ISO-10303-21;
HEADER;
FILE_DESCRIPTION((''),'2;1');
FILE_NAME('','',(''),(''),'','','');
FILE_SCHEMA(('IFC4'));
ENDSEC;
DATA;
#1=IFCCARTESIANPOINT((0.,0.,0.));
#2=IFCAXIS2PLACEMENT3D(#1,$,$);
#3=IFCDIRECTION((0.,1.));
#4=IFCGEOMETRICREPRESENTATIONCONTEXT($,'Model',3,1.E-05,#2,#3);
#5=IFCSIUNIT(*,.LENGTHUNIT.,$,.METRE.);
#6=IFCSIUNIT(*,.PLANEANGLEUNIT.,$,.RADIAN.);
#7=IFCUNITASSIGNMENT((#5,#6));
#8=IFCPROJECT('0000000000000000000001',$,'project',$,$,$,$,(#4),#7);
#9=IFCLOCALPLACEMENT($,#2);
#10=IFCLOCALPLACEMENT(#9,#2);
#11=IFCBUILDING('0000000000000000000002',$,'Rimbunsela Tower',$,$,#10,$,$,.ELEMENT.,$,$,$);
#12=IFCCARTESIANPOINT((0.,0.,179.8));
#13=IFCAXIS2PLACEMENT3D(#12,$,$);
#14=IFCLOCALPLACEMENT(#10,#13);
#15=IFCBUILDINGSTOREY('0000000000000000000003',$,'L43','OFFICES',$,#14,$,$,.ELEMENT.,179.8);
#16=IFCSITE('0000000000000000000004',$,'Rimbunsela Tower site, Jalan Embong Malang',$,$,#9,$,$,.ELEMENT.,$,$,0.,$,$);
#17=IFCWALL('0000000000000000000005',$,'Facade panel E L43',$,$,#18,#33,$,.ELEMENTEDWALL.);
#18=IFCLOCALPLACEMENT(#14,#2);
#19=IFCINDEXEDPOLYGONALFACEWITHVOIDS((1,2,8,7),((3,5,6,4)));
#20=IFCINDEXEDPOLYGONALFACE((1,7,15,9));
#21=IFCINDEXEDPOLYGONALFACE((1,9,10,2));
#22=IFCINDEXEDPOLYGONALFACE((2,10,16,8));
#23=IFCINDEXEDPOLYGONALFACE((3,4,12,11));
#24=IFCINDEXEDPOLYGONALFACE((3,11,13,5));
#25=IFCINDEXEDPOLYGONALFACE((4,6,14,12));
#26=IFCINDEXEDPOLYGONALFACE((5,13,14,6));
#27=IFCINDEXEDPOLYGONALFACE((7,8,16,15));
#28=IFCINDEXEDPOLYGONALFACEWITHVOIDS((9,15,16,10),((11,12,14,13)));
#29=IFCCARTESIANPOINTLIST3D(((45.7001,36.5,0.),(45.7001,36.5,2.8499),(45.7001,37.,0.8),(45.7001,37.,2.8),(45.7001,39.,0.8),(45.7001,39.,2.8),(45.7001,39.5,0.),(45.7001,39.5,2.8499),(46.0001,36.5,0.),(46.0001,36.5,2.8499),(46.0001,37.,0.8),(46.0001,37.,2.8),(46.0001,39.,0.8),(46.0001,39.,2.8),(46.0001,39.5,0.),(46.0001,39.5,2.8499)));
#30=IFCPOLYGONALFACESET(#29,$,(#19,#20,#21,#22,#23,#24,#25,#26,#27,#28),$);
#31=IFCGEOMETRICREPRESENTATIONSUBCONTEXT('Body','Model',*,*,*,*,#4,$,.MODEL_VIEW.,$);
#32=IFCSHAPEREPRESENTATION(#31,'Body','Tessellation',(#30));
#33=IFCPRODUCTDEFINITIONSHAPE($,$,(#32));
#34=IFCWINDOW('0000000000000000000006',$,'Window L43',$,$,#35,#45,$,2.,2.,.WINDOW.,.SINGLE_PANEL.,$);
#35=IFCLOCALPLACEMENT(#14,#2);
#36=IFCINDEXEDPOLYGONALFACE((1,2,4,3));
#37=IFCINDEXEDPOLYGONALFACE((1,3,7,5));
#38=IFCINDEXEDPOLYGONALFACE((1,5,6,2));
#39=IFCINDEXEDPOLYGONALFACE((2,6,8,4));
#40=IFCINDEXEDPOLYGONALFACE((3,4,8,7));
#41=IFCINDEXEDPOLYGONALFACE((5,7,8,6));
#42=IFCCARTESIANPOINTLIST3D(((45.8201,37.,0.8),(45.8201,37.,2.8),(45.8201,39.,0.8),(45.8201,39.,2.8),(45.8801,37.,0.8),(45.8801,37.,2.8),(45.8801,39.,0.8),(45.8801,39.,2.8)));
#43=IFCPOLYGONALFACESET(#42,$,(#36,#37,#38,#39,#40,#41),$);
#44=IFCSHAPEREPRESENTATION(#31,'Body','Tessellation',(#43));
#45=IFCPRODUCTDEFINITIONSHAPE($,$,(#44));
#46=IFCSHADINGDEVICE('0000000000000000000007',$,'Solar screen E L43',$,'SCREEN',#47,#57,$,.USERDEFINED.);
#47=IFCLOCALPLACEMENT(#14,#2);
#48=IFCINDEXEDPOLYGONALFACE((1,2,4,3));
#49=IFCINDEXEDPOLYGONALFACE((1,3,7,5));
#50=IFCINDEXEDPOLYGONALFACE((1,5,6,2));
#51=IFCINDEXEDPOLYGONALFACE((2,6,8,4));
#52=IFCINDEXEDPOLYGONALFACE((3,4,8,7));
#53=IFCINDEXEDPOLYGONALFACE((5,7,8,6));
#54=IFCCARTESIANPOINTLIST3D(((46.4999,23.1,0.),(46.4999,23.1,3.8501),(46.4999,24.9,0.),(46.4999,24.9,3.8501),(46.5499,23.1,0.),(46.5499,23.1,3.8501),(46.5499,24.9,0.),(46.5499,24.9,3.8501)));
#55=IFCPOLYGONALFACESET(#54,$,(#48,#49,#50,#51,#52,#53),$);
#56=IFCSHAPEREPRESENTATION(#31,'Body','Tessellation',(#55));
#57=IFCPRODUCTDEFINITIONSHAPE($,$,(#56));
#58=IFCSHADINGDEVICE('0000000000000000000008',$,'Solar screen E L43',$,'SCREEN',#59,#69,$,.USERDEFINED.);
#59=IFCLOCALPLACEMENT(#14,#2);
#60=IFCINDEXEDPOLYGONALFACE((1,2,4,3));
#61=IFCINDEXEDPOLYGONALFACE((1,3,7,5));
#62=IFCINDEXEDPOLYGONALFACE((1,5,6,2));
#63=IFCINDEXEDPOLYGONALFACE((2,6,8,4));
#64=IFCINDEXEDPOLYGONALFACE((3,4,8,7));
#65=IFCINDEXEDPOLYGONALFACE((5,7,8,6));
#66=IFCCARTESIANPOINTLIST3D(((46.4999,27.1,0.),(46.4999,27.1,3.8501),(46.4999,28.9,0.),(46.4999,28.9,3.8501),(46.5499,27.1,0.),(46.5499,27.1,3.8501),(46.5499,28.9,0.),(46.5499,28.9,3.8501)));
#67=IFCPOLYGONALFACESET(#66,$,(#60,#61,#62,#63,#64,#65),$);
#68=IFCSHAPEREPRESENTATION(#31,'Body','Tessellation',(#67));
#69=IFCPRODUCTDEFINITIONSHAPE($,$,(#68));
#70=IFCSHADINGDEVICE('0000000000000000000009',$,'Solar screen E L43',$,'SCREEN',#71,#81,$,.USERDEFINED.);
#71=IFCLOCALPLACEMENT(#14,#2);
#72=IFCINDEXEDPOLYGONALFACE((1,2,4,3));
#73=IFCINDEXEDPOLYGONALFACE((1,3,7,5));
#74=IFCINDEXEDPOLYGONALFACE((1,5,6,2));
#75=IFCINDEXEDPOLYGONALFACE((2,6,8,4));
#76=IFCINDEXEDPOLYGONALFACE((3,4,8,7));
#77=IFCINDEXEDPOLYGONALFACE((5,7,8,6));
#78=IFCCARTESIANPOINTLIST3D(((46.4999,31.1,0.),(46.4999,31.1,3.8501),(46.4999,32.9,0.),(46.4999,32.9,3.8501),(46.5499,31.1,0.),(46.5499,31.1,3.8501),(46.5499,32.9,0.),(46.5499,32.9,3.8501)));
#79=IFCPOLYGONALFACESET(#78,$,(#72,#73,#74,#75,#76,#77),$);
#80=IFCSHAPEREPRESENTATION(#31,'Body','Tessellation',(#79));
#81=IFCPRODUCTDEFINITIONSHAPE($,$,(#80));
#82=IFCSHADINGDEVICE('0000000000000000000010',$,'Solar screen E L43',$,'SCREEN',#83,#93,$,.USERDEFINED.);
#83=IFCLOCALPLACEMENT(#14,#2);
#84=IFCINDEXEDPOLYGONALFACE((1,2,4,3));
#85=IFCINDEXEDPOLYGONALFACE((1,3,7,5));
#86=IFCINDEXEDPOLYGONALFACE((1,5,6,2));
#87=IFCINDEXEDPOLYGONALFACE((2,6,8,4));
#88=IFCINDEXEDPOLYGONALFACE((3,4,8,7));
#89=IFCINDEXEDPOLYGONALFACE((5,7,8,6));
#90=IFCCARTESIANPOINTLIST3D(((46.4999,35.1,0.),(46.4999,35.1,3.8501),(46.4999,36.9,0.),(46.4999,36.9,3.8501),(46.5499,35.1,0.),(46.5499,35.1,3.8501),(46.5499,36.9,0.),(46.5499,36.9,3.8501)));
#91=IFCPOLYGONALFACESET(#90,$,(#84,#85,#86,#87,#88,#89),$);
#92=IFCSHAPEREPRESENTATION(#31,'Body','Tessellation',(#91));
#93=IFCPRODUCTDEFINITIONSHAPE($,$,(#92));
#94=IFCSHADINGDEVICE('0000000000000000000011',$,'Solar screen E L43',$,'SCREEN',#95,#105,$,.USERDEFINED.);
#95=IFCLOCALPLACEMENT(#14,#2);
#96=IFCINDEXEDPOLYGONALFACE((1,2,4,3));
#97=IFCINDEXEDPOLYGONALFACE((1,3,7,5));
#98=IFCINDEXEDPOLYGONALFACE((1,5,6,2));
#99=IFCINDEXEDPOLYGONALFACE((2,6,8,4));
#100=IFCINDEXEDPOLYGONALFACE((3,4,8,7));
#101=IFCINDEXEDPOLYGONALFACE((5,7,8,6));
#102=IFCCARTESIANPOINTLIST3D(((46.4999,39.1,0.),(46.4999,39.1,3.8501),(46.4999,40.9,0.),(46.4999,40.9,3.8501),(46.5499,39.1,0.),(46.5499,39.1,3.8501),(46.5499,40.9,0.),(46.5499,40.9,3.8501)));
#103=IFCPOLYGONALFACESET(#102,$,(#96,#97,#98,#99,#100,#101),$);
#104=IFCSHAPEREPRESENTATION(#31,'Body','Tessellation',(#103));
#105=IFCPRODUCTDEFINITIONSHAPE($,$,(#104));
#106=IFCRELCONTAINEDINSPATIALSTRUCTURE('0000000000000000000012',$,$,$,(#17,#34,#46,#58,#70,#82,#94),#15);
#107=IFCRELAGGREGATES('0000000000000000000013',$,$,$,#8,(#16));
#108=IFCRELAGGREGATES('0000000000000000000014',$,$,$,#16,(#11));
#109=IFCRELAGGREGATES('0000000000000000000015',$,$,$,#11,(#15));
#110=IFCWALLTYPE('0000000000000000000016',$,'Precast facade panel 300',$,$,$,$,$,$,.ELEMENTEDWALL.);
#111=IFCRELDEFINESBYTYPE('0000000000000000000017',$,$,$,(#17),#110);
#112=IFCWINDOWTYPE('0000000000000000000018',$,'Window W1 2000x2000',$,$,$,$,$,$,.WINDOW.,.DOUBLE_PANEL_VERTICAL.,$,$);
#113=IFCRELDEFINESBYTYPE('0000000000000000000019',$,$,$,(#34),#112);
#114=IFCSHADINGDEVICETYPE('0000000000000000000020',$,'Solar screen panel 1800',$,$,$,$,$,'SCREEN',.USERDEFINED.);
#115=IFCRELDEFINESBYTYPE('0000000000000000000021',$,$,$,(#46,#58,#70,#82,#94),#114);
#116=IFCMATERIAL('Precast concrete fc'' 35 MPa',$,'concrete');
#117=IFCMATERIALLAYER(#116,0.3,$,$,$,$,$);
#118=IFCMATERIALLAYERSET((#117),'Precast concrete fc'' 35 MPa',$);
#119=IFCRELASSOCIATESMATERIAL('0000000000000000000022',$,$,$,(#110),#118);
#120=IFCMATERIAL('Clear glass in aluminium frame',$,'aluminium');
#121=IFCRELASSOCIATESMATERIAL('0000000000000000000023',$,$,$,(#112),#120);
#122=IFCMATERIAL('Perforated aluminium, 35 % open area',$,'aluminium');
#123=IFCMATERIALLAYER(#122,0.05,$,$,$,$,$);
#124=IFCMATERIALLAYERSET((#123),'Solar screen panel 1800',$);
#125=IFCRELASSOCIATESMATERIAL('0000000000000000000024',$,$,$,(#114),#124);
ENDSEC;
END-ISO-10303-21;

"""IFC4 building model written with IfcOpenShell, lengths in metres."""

from ifc_helpers import new_model, si_unit, direction, frame, frame_2d, origin, origin_2d, place, context, subcontext, project, spatial, rectangle, extrude, material, layer, layer_set, type_object, element, fill, save


model = new_model("IFC4")

# Units and contexts
model_context = context("Model", 3, precision=1e-05, world=origin(), true_north=direction((0.0, 1.0)))
body_context = subcontext(model_context, "Body", "Model", "MODEL_VIEW")
ifc_project = project(units=[si_unit("LENGTHUNIT", "METRE"), si_unit("PLANEANGLEUNIT", "RADIAN")], contexts=[model_context])

# Site, building, storey
site_placement = place(None, origin())
site = spatial("IfcSite", under=ifc_project, at=site_placement, Name="Rimbunsela Tower site, Jalan Embong Malang", CompositionType="ELEMENT", RefElevation=0.0)
building_placement = place(site_placement, origin())
building = spatial("IfcBuilding", under=site, at=building_placement, Name="Rimbunsela Tower", CompositionType="ELEMENT")
storey_placement = place(building_placement, frame((0.0, 0.0, 179.8)))
storey = spatial("IfcBuildingStorey", under=building, at=storey_placement, Name="L43", Description="OFFICES", CompositionType="ELEMENT", Elevation=179.8)

# Wall, opening, window
ifc_material_1 = material(Name="Precast concrete fc' 35 MPa", Category="concrete")
ifc_layer_1 = layer(ifc_material_1, 0.3)
ifc_layer_set_1 = layer_set([ifc_layer_1], Name="Precast concrete fc' 35 MPa")
wall_type_1 = type_object("IfcWallType", Name="Precast facade panel 300", PredefinedType="ELEMENTEDWALL", material=ifc_layer_set_1)
ifc_material_2 = material(Name="Clear glass in aluminium frame", Category="aluminium")
window_type = type_object("IfcWindowType", Name="Window W1 2000x2000", PartitioningType="DOUBLE_PANEL_VERTICAL", PredefinedType="WINDOW", material=ifc_material_2)
wall_1_placement = place(storey_placement, frame((45.8501, 36.5, 0.0), z_axis=(0.0, 0.0, 1.0), x_axis=(0.0, 1.0, 0.0)))
wall_1 = element("IfcWall", 1, at=wall_1_placement, inside=storey, type_object=wall_type_1, Name="Facade panel E L43", PredefinedType="ELEMENTEDWALL", context=body_context, shape_type="SweptSolid", body=[
    extrude(rectangle(XDim=3.0, YDim=0.3, at=frame_2d((1.5, 0.0))), origin(), (0.0, 0.0, 1.0), 2.8499),
])
opening_1_placement = place(wall_1_placement, frame((0.5, 0.0, 0.8)))
opening_1 = element("IfcOpeningElement", 2, at=opening_1_placement, cuts=wall_1, PredefinedType="OPENING", context=body_context, shape_type="SweptSolid", body=[
    extrude(rectangle(XDim=2.0, YDim=2.0, at=frame_2d((1.0, 1.0))), frame((0.0, 0.1599, 0.0), z_axis=(0.0, -1.0, 0.0), x_axis=(1.0, 0.0, 0.0)), (0.0, 0.0, 1.0), 0.3201),
])
window_1_placement = place(opening_1_placement, origin())
window_1 = element("IfcWindow", 3, at=window_1_placement, inside=storey, type_object=window_type, Name="Window L43", OverallHeight=2.0, OverallWidth=2.0, PartitioningType="SINGLE_PANEL", PredefinedType="WINDOW", context=body_context, shape_type="SweptSolid", body=[
    extrude(rectangle(XDim=2.0, YDim=2.0, at=frame_2d((1.0, 1.0))), frame((0.0, 0.03, 0.0), z_axis=(0.0, -1.0, 0.0), x_axis=(1.0, 0.0, 0.0)), (0.0, 0.0, 1.0), 0.0601),
])
fill(opening_1, window_1)

# Shading devices
ifc_material_3 = material(Name="Perforated aluminium, 35 % open area", Category="aluminium")
ifc_layer_2 = layer(ifc_material_3, 0.05)
ifc_layer_set_2 = layer_set([ifc_layer_2], Name="Solar screen panel 1800")
shading_device_type = type_object("IfcShadingDeviceType", Name="Solar screen panel 1800", ElementType="SCREEN", PredefinedType="USERDEFINED", material=ifc_layer_set_2)
for number, where, z_axis, x_axis, name in (
    (4, (46.5249, 24.0, 0.0), (0.0, 0.0, 1.0), (0.0, 1.0, 0.0), "Solar screen E L43"),
    (5, (46.5249, 28.0, 0.0), (0.0, 0.0, 1.0), (0.0, 1.0, 0.0), "Solar screen E L43"),
    (6, (46.5249, 32.0, 0.0), (0.0, 0.0, 1.0), (0.0, 1.0, 0.0), "Solar screen E L43"),
    (7, (46.5249, 36.0, 0.0), (0.0, 0.0, 1.0), (0.0, 1.0, 0.0), "Solar screen E L43"),
    (8, (46.5249, 40.0, 0.0), (0.0, 0.0, 1.0), (0.0, 1.0, 0.0), "Solar screen E L43"),
):
    element("IfcShadingDevice", number, at=place(storey_placement, frame(where, z_axis=z_axis, x_axis=x_axis)), inside=storey, type_object=shading_device_type, Name=name, ObjectType="SCREEN", PredefinedType="USERDEFINED", context=body_context, shape_type="SweptSolid", body=[
        extrude(rectangle(XDim=1.8, YDim=0.05, at=origin_2d()), origin(), (0.0, 0.0, 1.0), 3.8501),
    ])

save(model, "model.ifc")
